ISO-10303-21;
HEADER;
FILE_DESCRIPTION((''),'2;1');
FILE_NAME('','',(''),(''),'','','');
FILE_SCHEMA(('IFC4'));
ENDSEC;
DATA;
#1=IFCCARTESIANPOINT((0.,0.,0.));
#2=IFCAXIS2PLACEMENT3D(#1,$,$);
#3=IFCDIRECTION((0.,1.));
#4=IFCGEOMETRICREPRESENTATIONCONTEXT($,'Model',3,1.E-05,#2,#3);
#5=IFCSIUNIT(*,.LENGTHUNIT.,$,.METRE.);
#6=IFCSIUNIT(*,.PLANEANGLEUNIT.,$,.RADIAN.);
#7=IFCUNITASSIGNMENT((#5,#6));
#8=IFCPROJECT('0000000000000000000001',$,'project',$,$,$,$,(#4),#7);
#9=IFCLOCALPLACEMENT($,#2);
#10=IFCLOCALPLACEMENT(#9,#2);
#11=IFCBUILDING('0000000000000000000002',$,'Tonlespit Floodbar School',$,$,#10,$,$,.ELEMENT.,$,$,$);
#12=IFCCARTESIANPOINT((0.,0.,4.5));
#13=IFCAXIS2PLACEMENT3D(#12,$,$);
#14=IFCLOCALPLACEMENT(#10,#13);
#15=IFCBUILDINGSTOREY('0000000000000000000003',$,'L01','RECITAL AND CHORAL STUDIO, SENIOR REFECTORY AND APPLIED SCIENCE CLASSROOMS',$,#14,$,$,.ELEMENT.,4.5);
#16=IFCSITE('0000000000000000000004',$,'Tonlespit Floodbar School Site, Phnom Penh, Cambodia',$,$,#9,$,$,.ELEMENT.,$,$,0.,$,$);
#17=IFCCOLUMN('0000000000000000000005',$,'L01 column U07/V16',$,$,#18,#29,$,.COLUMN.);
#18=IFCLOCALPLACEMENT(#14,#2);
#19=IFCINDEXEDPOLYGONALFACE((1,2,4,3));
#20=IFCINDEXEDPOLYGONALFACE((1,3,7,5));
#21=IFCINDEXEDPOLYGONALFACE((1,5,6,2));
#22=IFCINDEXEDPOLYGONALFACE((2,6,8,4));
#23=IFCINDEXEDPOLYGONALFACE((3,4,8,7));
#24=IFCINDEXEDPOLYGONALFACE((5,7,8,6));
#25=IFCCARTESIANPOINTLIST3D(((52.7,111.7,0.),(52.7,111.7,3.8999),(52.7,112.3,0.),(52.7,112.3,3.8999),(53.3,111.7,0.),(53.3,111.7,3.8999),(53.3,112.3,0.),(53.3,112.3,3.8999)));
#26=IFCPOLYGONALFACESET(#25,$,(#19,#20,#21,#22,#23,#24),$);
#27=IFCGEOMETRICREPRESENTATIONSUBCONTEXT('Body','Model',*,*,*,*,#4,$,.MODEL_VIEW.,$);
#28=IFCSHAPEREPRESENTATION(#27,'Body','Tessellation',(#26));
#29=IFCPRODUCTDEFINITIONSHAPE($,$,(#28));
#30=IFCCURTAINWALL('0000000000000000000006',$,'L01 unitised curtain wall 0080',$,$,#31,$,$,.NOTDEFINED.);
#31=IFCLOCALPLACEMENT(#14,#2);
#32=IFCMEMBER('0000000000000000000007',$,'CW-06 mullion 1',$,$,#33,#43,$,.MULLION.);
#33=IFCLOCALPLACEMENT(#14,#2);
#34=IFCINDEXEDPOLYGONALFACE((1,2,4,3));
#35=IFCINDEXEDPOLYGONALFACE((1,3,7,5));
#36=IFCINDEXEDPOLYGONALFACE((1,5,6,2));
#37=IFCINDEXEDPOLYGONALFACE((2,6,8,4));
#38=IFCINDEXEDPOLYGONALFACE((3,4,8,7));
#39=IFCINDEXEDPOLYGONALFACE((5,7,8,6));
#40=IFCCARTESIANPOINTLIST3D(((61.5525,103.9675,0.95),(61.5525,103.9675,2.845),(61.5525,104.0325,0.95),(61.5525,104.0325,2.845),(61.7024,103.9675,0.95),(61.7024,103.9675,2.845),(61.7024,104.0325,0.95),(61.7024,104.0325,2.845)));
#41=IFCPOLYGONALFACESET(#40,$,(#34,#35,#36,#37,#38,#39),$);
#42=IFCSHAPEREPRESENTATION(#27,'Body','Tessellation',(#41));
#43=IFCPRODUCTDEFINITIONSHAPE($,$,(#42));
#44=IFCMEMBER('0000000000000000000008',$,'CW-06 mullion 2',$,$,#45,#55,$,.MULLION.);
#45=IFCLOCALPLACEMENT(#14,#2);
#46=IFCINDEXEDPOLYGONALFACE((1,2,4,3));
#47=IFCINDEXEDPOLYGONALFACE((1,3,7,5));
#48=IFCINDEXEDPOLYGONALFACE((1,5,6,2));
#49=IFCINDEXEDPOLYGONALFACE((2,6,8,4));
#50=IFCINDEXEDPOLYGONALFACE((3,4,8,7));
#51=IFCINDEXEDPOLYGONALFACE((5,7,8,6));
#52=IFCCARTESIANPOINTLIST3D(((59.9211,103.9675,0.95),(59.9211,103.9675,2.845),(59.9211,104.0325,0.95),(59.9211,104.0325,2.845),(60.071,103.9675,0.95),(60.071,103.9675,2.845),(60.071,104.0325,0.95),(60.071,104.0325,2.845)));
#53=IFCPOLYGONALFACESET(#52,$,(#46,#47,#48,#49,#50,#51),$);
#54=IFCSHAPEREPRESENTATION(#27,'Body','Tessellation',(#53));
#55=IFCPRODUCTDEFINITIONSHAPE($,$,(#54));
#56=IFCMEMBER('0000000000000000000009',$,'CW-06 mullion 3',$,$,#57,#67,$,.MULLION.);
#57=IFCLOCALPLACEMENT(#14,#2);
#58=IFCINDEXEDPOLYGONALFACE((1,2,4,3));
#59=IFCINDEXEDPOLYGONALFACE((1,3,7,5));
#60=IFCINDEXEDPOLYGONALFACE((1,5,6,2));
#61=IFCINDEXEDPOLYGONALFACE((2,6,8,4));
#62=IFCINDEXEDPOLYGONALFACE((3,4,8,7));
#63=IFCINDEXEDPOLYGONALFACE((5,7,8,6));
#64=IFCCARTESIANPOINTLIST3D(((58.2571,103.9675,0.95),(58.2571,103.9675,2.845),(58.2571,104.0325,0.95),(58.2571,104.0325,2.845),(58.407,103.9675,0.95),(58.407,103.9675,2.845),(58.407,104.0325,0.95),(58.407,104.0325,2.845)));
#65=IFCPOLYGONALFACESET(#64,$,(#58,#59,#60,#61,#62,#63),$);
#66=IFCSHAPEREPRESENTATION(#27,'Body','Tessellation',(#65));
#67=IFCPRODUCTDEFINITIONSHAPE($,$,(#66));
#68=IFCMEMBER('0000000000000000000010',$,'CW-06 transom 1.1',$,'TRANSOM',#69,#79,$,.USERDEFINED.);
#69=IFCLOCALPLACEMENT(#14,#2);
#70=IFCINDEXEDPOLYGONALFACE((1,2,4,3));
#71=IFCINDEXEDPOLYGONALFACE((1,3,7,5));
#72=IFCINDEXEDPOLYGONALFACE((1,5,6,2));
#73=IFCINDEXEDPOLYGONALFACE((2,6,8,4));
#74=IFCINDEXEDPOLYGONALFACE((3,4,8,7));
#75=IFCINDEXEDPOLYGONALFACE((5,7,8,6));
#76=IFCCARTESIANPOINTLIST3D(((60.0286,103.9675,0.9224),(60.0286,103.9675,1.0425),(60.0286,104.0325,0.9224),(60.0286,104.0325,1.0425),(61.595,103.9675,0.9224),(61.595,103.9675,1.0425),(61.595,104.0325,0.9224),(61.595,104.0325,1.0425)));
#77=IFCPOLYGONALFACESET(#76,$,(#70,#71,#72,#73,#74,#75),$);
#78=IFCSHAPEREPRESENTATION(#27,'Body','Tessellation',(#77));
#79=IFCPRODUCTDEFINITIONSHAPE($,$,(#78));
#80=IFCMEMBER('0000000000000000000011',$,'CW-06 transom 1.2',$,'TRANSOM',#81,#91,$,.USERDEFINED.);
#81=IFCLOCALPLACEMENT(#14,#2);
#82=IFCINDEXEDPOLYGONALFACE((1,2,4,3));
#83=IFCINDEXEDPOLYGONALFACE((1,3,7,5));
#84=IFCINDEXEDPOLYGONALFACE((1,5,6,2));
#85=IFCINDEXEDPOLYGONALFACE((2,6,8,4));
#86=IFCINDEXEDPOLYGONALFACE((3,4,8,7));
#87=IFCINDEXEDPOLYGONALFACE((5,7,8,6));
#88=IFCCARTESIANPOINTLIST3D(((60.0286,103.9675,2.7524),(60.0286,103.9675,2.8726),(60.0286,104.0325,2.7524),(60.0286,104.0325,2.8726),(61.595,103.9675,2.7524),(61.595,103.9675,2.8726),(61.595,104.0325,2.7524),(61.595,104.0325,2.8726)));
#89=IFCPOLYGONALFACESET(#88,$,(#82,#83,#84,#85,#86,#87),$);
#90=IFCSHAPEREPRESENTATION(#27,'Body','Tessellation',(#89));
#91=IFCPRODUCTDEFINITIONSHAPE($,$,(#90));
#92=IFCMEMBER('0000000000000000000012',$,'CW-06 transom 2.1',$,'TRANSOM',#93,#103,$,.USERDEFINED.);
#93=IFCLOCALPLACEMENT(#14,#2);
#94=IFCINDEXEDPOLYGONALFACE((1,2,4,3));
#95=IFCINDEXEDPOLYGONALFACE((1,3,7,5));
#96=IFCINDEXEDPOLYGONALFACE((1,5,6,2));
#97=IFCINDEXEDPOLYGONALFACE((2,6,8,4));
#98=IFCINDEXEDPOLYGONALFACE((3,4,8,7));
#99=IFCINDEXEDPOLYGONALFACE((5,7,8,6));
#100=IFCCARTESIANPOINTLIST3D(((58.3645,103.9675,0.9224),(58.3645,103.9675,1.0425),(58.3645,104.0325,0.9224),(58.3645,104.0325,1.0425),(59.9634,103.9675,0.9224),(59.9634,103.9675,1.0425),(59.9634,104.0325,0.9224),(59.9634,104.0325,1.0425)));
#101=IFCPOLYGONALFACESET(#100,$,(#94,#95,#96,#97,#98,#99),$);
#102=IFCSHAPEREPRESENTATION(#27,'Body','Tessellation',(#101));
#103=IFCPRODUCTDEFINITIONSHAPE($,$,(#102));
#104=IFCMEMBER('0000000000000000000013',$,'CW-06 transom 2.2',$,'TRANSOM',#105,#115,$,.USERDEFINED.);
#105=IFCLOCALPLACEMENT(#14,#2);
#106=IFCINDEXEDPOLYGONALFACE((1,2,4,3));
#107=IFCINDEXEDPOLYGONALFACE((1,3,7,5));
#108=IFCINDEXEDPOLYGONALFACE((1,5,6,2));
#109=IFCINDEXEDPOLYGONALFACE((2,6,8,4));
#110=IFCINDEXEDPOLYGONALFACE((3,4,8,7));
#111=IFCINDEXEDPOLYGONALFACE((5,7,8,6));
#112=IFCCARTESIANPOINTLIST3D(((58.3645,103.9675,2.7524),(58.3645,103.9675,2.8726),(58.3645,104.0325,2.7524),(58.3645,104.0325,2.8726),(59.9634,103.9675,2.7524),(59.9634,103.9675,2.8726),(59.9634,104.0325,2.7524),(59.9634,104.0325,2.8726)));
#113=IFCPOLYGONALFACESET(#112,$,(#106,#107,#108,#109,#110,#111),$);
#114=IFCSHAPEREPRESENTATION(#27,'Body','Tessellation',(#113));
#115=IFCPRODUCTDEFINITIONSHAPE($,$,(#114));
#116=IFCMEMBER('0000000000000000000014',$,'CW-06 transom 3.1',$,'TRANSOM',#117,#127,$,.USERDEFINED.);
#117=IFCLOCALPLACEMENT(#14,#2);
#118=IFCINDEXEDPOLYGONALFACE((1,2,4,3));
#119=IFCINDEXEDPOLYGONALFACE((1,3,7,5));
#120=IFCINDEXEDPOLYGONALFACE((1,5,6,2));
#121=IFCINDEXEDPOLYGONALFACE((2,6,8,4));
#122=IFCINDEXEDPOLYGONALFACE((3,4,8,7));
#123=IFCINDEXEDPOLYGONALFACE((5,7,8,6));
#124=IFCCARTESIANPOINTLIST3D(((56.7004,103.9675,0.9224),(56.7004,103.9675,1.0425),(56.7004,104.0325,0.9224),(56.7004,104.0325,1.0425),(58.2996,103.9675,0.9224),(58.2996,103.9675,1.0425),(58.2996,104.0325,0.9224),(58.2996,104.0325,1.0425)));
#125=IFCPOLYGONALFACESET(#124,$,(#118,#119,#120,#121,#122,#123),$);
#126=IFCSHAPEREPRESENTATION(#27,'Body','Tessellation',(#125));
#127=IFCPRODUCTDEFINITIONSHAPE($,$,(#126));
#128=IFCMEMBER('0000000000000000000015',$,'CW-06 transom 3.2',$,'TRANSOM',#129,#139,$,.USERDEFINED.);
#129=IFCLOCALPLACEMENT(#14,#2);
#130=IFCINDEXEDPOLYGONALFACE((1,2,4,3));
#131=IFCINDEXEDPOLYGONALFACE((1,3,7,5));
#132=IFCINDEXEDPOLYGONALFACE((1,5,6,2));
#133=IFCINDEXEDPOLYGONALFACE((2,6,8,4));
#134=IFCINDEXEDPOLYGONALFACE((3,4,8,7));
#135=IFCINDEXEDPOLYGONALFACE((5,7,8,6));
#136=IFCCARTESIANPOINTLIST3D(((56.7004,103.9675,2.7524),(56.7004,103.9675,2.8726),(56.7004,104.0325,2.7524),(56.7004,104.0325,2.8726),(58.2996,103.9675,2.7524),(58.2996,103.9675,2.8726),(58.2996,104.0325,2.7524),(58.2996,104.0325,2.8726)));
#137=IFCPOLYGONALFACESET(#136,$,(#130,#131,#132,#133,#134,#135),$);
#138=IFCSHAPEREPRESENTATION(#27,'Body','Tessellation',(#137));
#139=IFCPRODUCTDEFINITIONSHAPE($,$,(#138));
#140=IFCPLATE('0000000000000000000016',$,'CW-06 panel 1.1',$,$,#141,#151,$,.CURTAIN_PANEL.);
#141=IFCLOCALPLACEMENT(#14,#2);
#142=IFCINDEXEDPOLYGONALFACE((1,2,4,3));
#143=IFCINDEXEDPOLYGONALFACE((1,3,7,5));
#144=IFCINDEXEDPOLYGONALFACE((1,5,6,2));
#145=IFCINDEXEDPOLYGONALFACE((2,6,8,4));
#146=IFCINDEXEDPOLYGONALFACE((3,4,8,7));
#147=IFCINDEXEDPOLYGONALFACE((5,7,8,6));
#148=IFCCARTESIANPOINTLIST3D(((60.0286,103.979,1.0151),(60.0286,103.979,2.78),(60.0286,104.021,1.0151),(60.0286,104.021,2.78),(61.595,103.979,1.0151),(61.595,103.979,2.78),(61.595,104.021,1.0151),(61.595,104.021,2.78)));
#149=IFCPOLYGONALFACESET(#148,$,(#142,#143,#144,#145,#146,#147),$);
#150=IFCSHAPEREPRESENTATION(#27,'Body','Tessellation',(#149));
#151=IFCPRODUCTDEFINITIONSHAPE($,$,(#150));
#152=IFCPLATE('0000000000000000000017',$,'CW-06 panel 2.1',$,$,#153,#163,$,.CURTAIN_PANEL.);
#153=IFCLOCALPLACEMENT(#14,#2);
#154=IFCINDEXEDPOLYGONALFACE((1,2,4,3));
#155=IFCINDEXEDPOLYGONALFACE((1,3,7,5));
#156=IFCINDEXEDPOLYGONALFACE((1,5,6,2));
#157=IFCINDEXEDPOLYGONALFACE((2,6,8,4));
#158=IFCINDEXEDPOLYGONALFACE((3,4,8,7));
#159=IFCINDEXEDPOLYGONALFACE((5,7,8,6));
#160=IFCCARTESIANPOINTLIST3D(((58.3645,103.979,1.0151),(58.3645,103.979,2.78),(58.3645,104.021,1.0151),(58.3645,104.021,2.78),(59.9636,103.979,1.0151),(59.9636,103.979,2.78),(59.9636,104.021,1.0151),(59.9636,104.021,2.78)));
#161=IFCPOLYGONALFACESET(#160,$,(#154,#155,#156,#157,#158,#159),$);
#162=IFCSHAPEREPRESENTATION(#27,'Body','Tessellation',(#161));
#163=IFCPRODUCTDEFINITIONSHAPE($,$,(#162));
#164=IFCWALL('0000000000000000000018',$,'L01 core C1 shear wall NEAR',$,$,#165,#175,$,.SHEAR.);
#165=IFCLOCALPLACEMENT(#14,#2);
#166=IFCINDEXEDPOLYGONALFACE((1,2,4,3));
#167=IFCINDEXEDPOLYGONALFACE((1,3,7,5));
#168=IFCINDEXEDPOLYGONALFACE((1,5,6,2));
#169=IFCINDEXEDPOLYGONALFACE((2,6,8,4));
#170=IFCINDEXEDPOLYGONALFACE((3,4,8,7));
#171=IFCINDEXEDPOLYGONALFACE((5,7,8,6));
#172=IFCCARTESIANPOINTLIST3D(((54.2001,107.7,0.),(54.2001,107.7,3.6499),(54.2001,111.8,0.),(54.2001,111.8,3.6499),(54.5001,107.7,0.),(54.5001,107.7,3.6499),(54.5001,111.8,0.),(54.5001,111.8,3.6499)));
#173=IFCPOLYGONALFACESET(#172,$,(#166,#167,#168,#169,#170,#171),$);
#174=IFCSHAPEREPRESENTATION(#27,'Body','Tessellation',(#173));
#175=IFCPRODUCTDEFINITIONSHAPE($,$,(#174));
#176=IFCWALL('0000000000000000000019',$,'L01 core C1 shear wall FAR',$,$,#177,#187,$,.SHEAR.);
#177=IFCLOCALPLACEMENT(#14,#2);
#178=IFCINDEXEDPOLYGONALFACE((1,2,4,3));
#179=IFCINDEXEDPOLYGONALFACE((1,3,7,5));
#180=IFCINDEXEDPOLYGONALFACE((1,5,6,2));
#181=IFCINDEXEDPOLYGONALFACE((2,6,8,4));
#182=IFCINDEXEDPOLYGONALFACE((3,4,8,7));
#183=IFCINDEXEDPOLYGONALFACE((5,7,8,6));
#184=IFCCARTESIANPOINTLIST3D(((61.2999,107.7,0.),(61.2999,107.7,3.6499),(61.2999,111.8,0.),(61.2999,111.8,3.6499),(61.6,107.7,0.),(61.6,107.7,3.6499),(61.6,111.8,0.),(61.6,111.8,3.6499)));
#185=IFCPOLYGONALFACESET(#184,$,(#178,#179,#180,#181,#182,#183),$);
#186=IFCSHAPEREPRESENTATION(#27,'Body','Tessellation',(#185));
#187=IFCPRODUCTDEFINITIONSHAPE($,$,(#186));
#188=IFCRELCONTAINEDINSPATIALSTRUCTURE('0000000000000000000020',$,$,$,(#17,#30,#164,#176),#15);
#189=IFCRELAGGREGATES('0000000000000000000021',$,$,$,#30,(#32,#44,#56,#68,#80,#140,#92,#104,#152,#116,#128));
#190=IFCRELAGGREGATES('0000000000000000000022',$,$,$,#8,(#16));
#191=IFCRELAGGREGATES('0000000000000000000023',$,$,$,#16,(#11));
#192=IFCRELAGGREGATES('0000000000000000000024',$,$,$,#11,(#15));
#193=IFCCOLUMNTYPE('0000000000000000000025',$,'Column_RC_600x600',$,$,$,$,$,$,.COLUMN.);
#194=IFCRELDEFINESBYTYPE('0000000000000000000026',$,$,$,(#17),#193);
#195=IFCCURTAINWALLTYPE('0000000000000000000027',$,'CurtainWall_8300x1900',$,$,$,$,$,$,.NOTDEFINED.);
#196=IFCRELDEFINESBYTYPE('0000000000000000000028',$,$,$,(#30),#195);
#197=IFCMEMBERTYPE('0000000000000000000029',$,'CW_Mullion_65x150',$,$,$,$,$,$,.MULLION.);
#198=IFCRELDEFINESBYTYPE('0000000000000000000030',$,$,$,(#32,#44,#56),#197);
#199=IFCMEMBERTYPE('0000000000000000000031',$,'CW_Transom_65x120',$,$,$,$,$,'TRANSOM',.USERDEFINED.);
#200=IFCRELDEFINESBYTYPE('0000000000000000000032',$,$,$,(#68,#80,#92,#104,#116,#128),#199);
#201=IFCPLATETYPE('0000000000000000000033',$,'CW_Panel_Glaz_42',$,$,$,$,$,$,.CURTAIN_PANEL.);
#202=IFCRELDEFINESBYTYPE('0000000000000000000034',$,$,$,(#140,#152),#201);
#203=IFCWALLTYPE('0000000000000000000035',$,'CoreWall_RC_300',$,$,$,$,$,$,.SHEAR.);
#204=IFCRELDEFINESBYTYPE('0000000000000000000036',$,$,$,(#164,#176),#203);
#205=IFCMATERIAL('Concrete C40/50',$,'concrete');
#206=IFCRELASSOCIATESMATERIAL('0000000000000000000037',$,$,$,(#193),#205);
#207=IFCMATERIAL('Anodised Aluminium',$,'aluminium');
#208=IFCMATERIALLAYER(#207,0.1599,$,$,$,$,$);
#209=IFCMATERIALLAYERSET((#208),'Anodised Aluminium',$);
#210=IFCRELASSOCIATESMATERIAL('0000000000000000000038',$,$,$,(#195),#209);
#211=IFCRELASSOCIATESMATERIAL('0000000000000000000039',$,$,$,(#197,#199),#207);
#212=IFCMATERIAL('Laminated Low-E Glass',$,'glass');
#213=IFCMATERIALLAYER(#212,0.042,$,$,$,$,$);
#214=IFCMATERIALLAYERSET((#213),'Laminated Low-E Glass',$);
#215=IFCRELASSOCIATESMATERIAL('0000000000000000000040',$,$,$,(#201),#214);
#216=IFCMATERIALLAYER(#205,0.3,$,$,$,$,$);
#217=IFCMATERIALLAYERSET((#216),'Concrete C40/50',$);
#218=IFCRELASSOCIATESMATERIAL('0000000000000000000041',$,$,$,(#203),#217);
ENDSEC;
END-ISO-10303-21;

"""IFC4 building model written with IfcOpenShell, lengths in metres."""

from ifc_helpers import new_model, si_unit, direction, frame, frame_2d, origin, origin_2d, place, context, subcontext, project, spatial, rectangle, extrude, material, layer, layer_set, material_profile, profile_set, type_object, element, aggregate, save


model = new_model("IFC4")

# Units and contexts
model_context = context("Model", 3, precision=1e-05, world=origin(), true_north=direction((0.0, 1.0)))
body_context = subcontext(model_context, "Body", "Model", "MODEL_VIEW")
ifc_project = project(units=[si_unit("LENGTHUNIT", "METRE"), si_unit("PLANEANGLEUNIT", "RADIAN")], contexts=[model_context])

# Site, building, storey
site_placement = place(None, origin())
site = spatial("IfcSite", under=ifc_project, at=site_placement, Name="Tonlespit Floodbar School Site, Phnom Penh, Cambodia", CompositionType="ELEMENT", RefElevation=0.0)
building_placement = place(site_placement, origin())
building = spatial("IfcBuilding", under=site, at=building_placement, Name="Tonlespit Floodbar School", CompositionType="ELEMENT")
storey_placement = place(building_placement, frame((0.0, 0.0, 4.5)))
storey = spatial("IfcBuildingStorey", under=building, at=storey_placement, Name="L01", Description="RECITAL AND CHORAL STUDIO, SENIOR REFECTORY AND APPLIED SCIENCE CLASSROOMS", CompositionType="ELEMENT", Elevation=4.5)

# Column
ifc_material_1 = material(Name="Concrete C40/50", Category="concrete")
ifc_material_profile_1 = material_profile(ifc_material_1, rectangle(XDim=0.6001, YDim=0.6001, at=origin_2d()), Name="RC 600x600")
ifc_profile_set_1 = profile_set([ifc_material_profile_1], Name="Concrete C40/50")
column_type = type_object("IfcColumnType", Name="Column_RC_600x600", PredefinedType="COLUMN", material=ifc_profile_set_1)
column_placement = place(storey_placement, frame((53.0, 112.0, 0.0), z_axis=(0.0, 0.0, 1.0), x_axis=(1.0, 0.0, 0.0)))
element("IfcColumn", 1, at=column_placement, inside=storey, type_object=column_type, Name="L01 column U07/V16", PredefinedType="COLUMN", context=body_context, shape_type="SweptSolid", body=[
    extrude(rectangle(XDim=0.6001, YDim=0.6001, at=origin_2d()), origin(), (0.0, 0.0, 1.0), 3.8999),
])

# Curtain wall, members, plates
ifc_material_2 = material(Name="Anodised Aluminium", Category="aluminium")
ifc_layer_1 = layer(ifc_material_2, 0.1599)
ifc_layer_set_1 = layer_set([ifc_layer_1], Name="Anodised Aluminium")
curtain_wall_type = type_object("IfcCurtainWallType", Name="CurtainWall_8300x1900", PredefinedType="NOTDEFINED", material=ifc_layer_set_1)
curtain_wall_placement = place(storey_placement, origin())
curtain_wall = element("IfcCurtainWall", 2, at=curtain_wall_placement, inside=storey, type_object=curtain_wall_type, Name="L01 unitised curtain wall 0080", PredefinedType="NOTDEFINED")
ifc_material_profile_2 = material_profile(ifc_material_2, rectangle(XDim=0.0649, YDim=0.1499, at=origin_2d()), Name="ALU M65x150")
ifc_profile_set_2 = profile_set([ifc_material_profile_2], Name="Anodised Aluminium")
member_type_1 = type_object("IfcMemberType", Name="CW_Mullion_65x150", PredefinedType="MULLION", material=ifc_profile_set_2)
member_1_placement = place(storey_placement, frame((61.6274, 104.0, 0.95), z_axis=(0.0, 0.0, 1.0), x_axis=(0.0, -1.0, 0.0)))
member_1 = element("IfcMember", 3, at=member_1_placement, type_object=member_type_1, Name="CW-06 mullion 1", PredefinedType="MULLION", context=body_context, shape_type="SweptSolid", body=[
    extrude(rectangle(XDim=0.0649, YDim=0.1499, at=origin_2d()), origin(), (0.0, 0.0, 1.0), 1.895),
])
member_2_placement = place(storey_placement, frame((59.9961, 104.0, 0.95), z_axis=(0.0, 0.0, 1.0), x_axis=(0.0, -1.0, 0.0)))
member_2 = element("IfcMember", 4, at=member_2_placement, type_object=member_type_1, Name="CW-06 mullion 2", PredefinedType="MULLION", context=body_context, shape_type="SweptSolid", body=[
    extrude(rectangle(XDim=0.0649, YDim=0.1499, at=origin_2d()), origin(), (0.0, 0.0, 1.0), 1.895),
])
member_3_placement = place(storey_placement, frame((58.332, 104.0, 0.95), z_axis=(0.0, 0.0, 1.0), x_axis=(0.0, -1.0, 0.0)))
member_3 = element("IfcMember", 5, at=member_3_placement, type_object=member_type_1, Name="CW-06 mullion 3", PredefinedType="MULLION", context=body_context, shape_type="SweptSolid", body=[
    extrude(rectangle(XDim=0.0649, YDim=0.1499, at=origin_2d()), origin(), (0.0, 0.0, 1.0), 1.895),
])
ifc_material_profile_3 = material_profile(ifc_material_2, rectangle(XDim=0.0649, YDim=0.1201, at=origin_2d()), Name="ALU T65x120")
ifc_profile_set_3 = profile_set([ifc_material_profile_3], Name="Anodised Aluminium")
member_type_2 = type_object("IfcMemberType", Name="CW_Transom_65x120", ElementType="TRANSOM", PredefinedType="USERDEFINED", material=ifc_profile_set_3)
member_4_placement = place(storey_placement, frame((61.595, 104.0, 0.9824), z_axis=(-1.0, 0.0, 0.0), x_axis=(0.0, -1.0, 0.0)))
member_4 = element("IfcMember", 6, at=member_4_placement, type_object=member_type_2, Name="CW-06 transom 1.1", ObjectType="TRANSOM", PredefinedType="USERDEFINED", context=body_context, shape_type="SweptSolid", body=[
    extrude(rectangle(XDim=0.0649, YDim=0.1201, at=origin_2d()), origin(), (0.0, 0.0, 1.0), 1.5664),
])
member_5_placement = place(storey_placement, frame((61.595, 104.0, 2.8125), z_axis=(-1.0, 0.0, 0.0), x_axis=(0.0, -1.0, 0.0)))
member_5 = element("IfcMember", 7, at=member_5_placement, type_object=member_type_2, Name="CW-06 transom 1.2", ObjectType="TRANSOM", PredefinedType="USERDEFINED", context=body_context, shape_type="SweptSolid", body=[
    extrude(rectangle(XDim=0.0649, YDim=0.1201, at=origin_2d()), origin(), (0.0, 0.0, 1.0), 1.5664),
])
member_6_placement = place(storey_placement, frame((59.9634, 104.0, 0.9824), z_axis=(-1.0, 0.0, 0.0), x_axis=(0.0, -1.0, 0.0)))
member_6 = element("IfcMember", 8, at=member_6_placement, type_object=member_type_2, Name="CW-06 transom 2.1", ObjectType="TRANSOM", PredefinedType="USERDEFINED", context=body_context, shape_type="SweptSolid", body=[
    extrude(rectangle(XDim=0.0649, YDim=0.1201, at=origin_2d()), origin(), (0.0, 0.0, 1.0), 1.5989),
])
member_7_placement = place(storey_placement, frame((59.9634, 104.0, 2.8125), z_axis=(-1.0, 0.0, 0.0), x_axis=(0.0, -1.0, 0.0)))
member_7 = element("IfcMember", 9, at=member_7_placement, type_object=member_type_2, Name="CW-06 transom 2.2", ObjectType="TRANSOM", PredefinedType="USERDEFINED", context=body_context, shape_type="SweptSolid", body=[
    extrude(rectangle(XDim=0.0649, YDim=0.1201, at=origin_2d()), origin(), (0.0, 0.0, 1.0), 1.5989),
])
member_8_placement = place(storey_placement, frame((58.2996, 104.0, 0.9824), z_axis=(-1.0, 0.0, 0.0), x_axis=(0.0, -1.0, 0.0)))
member_8 = element("IfcMember", 10, at=member_8_placement, type_object=member_type_2, Name="CW-06 transom 3.1", ObjectType="TRANSOM", PredefinedType="USERDEFINED", context=body_context, shape_type="SweptSolid", body=[
    extrude(rectangle(XDim=0.0649, YDim=0.1201, at=origin_2d()), origin(), (0.0, 0.0, 1.0), 1.5991),
])
member_9_placement = place(storey_placement, frame((58.2996, 104.0, 2.8125), z_axis=(-1.0, 0.0, 0.0), x_axis=(0.0, -1.0, 0.0)))
member_9 = element("IfcMember", 11, at=member_9_placement, type_object=member_type_2, Name="CW-06 transom 3.2", ObjectType="TRANSOM", PredefinedType="USERDEFINED", context=body_context, shape_type="SweptSolid", body=[
    extrude(rectangle(XDim=0.0649, YDim=0.1201, at=origin_2d()), origin(), (0.0, 0.0, 1.0), 1.5991),
])
ifc_material_3 = material(Name="Laminated Low-E Glass", Category="glass")
ifc_layer_2 = layer(ifc_material_3, 0.042)
ifc_layer_set_2 = layer_set([ifc_layer_2], Name="Laminated Low-E Glass")
plate_type = type_object("IfcPlateType", Name="CW_Panel_Glaz_42", PredefinedType="CURTAIN_PANEL", material=ifc_layer_set_2)
plate_1_placement = place(storey_placement, frame((60.8118, 104.0, 1.0151), z_axis=(0.0, 0.0, 1.0), x_axis=(-1.0, 0.0, 0.0)))
plate_1 = element("IfcPlate", 12, at=plate_1_placement, type_object=plate_type, Name="CW-06 panel 1.1", PredefinedType="CURTAIN_PANEL", context=body_context, shape_type="SweptSolid", body=[
    extrude(rectangle(XDim=1.5664, YDim=0.042, at=origin_2d()), origin(), (0.0, 0.0, 1.0), 1.7649),
])
plate_2_placement = place(storey_placement, frame((59.1641, 104.0, 1.0151), z_axis=(0.0, 0.0, 1.0), x_axis=(-1.0, 0.0, 0.0)))
plate_2 = element("IfcPlate", 13, at=plate_2_placement, type_object=plate_type, Name="CW-06 panel 2.1", PredefinedType="CURTAIN_PANEL", context=body_context, shape_type="SweptSolid", body=[
    extrude(rectangle(XDim=1.5991, YDim=0.042, at=origin_2d()), origin(), (0.0, 0.0, 1.0), 1.7649),
])
aggregate(curtain_wall, [member_1, member_2, member_3, member_4, member_5, plate_1, member_6, member_7, plate_2, member_8, member_9])

# Walls
ifc_layer_3 = layer(ifc_material_1, 0.3)
ifc_layer_set_3 = layer_set([ifc_layer_3], Name="Concrete C40/50")
wall_type_1 = type_object("IfcWallType", Name="CoreWall_RC_300", PredefinedType="SHEAR", material=ifc_layer_set_3)
for number, where, z_axis, x_axis, name in (
    (14, (54.3501, 107.7, 0.0), (0.0, 0.0, 1.0), (0.0, 1.0, 0.0), "L01 core C1 shear wall NEAR"),
    (15, (61.45, 111.8, 0.0), (0.0, 0.0, 1.0), (0.0, -1.0, 0.0), "L01 core C1 shear wall FAR"),
):
    element("IfcWall", number, at=place(storey_placement, frame(where, z_axis=z_axis, x_axis=x_axis)), inside=storey, type_object=wall_type_1, Name=name, PredefinedType="SHEAR", context=body_context, shape_type="SweptSolid", body=[
        extrude(rectangle(XDim=4.1001, YDim=0.3, at=frame_2d((2.05, 0.0))), origin(), (0.0, 0.0, 1.0), 3.6499),
    ])

save(model, "model.ifc")
